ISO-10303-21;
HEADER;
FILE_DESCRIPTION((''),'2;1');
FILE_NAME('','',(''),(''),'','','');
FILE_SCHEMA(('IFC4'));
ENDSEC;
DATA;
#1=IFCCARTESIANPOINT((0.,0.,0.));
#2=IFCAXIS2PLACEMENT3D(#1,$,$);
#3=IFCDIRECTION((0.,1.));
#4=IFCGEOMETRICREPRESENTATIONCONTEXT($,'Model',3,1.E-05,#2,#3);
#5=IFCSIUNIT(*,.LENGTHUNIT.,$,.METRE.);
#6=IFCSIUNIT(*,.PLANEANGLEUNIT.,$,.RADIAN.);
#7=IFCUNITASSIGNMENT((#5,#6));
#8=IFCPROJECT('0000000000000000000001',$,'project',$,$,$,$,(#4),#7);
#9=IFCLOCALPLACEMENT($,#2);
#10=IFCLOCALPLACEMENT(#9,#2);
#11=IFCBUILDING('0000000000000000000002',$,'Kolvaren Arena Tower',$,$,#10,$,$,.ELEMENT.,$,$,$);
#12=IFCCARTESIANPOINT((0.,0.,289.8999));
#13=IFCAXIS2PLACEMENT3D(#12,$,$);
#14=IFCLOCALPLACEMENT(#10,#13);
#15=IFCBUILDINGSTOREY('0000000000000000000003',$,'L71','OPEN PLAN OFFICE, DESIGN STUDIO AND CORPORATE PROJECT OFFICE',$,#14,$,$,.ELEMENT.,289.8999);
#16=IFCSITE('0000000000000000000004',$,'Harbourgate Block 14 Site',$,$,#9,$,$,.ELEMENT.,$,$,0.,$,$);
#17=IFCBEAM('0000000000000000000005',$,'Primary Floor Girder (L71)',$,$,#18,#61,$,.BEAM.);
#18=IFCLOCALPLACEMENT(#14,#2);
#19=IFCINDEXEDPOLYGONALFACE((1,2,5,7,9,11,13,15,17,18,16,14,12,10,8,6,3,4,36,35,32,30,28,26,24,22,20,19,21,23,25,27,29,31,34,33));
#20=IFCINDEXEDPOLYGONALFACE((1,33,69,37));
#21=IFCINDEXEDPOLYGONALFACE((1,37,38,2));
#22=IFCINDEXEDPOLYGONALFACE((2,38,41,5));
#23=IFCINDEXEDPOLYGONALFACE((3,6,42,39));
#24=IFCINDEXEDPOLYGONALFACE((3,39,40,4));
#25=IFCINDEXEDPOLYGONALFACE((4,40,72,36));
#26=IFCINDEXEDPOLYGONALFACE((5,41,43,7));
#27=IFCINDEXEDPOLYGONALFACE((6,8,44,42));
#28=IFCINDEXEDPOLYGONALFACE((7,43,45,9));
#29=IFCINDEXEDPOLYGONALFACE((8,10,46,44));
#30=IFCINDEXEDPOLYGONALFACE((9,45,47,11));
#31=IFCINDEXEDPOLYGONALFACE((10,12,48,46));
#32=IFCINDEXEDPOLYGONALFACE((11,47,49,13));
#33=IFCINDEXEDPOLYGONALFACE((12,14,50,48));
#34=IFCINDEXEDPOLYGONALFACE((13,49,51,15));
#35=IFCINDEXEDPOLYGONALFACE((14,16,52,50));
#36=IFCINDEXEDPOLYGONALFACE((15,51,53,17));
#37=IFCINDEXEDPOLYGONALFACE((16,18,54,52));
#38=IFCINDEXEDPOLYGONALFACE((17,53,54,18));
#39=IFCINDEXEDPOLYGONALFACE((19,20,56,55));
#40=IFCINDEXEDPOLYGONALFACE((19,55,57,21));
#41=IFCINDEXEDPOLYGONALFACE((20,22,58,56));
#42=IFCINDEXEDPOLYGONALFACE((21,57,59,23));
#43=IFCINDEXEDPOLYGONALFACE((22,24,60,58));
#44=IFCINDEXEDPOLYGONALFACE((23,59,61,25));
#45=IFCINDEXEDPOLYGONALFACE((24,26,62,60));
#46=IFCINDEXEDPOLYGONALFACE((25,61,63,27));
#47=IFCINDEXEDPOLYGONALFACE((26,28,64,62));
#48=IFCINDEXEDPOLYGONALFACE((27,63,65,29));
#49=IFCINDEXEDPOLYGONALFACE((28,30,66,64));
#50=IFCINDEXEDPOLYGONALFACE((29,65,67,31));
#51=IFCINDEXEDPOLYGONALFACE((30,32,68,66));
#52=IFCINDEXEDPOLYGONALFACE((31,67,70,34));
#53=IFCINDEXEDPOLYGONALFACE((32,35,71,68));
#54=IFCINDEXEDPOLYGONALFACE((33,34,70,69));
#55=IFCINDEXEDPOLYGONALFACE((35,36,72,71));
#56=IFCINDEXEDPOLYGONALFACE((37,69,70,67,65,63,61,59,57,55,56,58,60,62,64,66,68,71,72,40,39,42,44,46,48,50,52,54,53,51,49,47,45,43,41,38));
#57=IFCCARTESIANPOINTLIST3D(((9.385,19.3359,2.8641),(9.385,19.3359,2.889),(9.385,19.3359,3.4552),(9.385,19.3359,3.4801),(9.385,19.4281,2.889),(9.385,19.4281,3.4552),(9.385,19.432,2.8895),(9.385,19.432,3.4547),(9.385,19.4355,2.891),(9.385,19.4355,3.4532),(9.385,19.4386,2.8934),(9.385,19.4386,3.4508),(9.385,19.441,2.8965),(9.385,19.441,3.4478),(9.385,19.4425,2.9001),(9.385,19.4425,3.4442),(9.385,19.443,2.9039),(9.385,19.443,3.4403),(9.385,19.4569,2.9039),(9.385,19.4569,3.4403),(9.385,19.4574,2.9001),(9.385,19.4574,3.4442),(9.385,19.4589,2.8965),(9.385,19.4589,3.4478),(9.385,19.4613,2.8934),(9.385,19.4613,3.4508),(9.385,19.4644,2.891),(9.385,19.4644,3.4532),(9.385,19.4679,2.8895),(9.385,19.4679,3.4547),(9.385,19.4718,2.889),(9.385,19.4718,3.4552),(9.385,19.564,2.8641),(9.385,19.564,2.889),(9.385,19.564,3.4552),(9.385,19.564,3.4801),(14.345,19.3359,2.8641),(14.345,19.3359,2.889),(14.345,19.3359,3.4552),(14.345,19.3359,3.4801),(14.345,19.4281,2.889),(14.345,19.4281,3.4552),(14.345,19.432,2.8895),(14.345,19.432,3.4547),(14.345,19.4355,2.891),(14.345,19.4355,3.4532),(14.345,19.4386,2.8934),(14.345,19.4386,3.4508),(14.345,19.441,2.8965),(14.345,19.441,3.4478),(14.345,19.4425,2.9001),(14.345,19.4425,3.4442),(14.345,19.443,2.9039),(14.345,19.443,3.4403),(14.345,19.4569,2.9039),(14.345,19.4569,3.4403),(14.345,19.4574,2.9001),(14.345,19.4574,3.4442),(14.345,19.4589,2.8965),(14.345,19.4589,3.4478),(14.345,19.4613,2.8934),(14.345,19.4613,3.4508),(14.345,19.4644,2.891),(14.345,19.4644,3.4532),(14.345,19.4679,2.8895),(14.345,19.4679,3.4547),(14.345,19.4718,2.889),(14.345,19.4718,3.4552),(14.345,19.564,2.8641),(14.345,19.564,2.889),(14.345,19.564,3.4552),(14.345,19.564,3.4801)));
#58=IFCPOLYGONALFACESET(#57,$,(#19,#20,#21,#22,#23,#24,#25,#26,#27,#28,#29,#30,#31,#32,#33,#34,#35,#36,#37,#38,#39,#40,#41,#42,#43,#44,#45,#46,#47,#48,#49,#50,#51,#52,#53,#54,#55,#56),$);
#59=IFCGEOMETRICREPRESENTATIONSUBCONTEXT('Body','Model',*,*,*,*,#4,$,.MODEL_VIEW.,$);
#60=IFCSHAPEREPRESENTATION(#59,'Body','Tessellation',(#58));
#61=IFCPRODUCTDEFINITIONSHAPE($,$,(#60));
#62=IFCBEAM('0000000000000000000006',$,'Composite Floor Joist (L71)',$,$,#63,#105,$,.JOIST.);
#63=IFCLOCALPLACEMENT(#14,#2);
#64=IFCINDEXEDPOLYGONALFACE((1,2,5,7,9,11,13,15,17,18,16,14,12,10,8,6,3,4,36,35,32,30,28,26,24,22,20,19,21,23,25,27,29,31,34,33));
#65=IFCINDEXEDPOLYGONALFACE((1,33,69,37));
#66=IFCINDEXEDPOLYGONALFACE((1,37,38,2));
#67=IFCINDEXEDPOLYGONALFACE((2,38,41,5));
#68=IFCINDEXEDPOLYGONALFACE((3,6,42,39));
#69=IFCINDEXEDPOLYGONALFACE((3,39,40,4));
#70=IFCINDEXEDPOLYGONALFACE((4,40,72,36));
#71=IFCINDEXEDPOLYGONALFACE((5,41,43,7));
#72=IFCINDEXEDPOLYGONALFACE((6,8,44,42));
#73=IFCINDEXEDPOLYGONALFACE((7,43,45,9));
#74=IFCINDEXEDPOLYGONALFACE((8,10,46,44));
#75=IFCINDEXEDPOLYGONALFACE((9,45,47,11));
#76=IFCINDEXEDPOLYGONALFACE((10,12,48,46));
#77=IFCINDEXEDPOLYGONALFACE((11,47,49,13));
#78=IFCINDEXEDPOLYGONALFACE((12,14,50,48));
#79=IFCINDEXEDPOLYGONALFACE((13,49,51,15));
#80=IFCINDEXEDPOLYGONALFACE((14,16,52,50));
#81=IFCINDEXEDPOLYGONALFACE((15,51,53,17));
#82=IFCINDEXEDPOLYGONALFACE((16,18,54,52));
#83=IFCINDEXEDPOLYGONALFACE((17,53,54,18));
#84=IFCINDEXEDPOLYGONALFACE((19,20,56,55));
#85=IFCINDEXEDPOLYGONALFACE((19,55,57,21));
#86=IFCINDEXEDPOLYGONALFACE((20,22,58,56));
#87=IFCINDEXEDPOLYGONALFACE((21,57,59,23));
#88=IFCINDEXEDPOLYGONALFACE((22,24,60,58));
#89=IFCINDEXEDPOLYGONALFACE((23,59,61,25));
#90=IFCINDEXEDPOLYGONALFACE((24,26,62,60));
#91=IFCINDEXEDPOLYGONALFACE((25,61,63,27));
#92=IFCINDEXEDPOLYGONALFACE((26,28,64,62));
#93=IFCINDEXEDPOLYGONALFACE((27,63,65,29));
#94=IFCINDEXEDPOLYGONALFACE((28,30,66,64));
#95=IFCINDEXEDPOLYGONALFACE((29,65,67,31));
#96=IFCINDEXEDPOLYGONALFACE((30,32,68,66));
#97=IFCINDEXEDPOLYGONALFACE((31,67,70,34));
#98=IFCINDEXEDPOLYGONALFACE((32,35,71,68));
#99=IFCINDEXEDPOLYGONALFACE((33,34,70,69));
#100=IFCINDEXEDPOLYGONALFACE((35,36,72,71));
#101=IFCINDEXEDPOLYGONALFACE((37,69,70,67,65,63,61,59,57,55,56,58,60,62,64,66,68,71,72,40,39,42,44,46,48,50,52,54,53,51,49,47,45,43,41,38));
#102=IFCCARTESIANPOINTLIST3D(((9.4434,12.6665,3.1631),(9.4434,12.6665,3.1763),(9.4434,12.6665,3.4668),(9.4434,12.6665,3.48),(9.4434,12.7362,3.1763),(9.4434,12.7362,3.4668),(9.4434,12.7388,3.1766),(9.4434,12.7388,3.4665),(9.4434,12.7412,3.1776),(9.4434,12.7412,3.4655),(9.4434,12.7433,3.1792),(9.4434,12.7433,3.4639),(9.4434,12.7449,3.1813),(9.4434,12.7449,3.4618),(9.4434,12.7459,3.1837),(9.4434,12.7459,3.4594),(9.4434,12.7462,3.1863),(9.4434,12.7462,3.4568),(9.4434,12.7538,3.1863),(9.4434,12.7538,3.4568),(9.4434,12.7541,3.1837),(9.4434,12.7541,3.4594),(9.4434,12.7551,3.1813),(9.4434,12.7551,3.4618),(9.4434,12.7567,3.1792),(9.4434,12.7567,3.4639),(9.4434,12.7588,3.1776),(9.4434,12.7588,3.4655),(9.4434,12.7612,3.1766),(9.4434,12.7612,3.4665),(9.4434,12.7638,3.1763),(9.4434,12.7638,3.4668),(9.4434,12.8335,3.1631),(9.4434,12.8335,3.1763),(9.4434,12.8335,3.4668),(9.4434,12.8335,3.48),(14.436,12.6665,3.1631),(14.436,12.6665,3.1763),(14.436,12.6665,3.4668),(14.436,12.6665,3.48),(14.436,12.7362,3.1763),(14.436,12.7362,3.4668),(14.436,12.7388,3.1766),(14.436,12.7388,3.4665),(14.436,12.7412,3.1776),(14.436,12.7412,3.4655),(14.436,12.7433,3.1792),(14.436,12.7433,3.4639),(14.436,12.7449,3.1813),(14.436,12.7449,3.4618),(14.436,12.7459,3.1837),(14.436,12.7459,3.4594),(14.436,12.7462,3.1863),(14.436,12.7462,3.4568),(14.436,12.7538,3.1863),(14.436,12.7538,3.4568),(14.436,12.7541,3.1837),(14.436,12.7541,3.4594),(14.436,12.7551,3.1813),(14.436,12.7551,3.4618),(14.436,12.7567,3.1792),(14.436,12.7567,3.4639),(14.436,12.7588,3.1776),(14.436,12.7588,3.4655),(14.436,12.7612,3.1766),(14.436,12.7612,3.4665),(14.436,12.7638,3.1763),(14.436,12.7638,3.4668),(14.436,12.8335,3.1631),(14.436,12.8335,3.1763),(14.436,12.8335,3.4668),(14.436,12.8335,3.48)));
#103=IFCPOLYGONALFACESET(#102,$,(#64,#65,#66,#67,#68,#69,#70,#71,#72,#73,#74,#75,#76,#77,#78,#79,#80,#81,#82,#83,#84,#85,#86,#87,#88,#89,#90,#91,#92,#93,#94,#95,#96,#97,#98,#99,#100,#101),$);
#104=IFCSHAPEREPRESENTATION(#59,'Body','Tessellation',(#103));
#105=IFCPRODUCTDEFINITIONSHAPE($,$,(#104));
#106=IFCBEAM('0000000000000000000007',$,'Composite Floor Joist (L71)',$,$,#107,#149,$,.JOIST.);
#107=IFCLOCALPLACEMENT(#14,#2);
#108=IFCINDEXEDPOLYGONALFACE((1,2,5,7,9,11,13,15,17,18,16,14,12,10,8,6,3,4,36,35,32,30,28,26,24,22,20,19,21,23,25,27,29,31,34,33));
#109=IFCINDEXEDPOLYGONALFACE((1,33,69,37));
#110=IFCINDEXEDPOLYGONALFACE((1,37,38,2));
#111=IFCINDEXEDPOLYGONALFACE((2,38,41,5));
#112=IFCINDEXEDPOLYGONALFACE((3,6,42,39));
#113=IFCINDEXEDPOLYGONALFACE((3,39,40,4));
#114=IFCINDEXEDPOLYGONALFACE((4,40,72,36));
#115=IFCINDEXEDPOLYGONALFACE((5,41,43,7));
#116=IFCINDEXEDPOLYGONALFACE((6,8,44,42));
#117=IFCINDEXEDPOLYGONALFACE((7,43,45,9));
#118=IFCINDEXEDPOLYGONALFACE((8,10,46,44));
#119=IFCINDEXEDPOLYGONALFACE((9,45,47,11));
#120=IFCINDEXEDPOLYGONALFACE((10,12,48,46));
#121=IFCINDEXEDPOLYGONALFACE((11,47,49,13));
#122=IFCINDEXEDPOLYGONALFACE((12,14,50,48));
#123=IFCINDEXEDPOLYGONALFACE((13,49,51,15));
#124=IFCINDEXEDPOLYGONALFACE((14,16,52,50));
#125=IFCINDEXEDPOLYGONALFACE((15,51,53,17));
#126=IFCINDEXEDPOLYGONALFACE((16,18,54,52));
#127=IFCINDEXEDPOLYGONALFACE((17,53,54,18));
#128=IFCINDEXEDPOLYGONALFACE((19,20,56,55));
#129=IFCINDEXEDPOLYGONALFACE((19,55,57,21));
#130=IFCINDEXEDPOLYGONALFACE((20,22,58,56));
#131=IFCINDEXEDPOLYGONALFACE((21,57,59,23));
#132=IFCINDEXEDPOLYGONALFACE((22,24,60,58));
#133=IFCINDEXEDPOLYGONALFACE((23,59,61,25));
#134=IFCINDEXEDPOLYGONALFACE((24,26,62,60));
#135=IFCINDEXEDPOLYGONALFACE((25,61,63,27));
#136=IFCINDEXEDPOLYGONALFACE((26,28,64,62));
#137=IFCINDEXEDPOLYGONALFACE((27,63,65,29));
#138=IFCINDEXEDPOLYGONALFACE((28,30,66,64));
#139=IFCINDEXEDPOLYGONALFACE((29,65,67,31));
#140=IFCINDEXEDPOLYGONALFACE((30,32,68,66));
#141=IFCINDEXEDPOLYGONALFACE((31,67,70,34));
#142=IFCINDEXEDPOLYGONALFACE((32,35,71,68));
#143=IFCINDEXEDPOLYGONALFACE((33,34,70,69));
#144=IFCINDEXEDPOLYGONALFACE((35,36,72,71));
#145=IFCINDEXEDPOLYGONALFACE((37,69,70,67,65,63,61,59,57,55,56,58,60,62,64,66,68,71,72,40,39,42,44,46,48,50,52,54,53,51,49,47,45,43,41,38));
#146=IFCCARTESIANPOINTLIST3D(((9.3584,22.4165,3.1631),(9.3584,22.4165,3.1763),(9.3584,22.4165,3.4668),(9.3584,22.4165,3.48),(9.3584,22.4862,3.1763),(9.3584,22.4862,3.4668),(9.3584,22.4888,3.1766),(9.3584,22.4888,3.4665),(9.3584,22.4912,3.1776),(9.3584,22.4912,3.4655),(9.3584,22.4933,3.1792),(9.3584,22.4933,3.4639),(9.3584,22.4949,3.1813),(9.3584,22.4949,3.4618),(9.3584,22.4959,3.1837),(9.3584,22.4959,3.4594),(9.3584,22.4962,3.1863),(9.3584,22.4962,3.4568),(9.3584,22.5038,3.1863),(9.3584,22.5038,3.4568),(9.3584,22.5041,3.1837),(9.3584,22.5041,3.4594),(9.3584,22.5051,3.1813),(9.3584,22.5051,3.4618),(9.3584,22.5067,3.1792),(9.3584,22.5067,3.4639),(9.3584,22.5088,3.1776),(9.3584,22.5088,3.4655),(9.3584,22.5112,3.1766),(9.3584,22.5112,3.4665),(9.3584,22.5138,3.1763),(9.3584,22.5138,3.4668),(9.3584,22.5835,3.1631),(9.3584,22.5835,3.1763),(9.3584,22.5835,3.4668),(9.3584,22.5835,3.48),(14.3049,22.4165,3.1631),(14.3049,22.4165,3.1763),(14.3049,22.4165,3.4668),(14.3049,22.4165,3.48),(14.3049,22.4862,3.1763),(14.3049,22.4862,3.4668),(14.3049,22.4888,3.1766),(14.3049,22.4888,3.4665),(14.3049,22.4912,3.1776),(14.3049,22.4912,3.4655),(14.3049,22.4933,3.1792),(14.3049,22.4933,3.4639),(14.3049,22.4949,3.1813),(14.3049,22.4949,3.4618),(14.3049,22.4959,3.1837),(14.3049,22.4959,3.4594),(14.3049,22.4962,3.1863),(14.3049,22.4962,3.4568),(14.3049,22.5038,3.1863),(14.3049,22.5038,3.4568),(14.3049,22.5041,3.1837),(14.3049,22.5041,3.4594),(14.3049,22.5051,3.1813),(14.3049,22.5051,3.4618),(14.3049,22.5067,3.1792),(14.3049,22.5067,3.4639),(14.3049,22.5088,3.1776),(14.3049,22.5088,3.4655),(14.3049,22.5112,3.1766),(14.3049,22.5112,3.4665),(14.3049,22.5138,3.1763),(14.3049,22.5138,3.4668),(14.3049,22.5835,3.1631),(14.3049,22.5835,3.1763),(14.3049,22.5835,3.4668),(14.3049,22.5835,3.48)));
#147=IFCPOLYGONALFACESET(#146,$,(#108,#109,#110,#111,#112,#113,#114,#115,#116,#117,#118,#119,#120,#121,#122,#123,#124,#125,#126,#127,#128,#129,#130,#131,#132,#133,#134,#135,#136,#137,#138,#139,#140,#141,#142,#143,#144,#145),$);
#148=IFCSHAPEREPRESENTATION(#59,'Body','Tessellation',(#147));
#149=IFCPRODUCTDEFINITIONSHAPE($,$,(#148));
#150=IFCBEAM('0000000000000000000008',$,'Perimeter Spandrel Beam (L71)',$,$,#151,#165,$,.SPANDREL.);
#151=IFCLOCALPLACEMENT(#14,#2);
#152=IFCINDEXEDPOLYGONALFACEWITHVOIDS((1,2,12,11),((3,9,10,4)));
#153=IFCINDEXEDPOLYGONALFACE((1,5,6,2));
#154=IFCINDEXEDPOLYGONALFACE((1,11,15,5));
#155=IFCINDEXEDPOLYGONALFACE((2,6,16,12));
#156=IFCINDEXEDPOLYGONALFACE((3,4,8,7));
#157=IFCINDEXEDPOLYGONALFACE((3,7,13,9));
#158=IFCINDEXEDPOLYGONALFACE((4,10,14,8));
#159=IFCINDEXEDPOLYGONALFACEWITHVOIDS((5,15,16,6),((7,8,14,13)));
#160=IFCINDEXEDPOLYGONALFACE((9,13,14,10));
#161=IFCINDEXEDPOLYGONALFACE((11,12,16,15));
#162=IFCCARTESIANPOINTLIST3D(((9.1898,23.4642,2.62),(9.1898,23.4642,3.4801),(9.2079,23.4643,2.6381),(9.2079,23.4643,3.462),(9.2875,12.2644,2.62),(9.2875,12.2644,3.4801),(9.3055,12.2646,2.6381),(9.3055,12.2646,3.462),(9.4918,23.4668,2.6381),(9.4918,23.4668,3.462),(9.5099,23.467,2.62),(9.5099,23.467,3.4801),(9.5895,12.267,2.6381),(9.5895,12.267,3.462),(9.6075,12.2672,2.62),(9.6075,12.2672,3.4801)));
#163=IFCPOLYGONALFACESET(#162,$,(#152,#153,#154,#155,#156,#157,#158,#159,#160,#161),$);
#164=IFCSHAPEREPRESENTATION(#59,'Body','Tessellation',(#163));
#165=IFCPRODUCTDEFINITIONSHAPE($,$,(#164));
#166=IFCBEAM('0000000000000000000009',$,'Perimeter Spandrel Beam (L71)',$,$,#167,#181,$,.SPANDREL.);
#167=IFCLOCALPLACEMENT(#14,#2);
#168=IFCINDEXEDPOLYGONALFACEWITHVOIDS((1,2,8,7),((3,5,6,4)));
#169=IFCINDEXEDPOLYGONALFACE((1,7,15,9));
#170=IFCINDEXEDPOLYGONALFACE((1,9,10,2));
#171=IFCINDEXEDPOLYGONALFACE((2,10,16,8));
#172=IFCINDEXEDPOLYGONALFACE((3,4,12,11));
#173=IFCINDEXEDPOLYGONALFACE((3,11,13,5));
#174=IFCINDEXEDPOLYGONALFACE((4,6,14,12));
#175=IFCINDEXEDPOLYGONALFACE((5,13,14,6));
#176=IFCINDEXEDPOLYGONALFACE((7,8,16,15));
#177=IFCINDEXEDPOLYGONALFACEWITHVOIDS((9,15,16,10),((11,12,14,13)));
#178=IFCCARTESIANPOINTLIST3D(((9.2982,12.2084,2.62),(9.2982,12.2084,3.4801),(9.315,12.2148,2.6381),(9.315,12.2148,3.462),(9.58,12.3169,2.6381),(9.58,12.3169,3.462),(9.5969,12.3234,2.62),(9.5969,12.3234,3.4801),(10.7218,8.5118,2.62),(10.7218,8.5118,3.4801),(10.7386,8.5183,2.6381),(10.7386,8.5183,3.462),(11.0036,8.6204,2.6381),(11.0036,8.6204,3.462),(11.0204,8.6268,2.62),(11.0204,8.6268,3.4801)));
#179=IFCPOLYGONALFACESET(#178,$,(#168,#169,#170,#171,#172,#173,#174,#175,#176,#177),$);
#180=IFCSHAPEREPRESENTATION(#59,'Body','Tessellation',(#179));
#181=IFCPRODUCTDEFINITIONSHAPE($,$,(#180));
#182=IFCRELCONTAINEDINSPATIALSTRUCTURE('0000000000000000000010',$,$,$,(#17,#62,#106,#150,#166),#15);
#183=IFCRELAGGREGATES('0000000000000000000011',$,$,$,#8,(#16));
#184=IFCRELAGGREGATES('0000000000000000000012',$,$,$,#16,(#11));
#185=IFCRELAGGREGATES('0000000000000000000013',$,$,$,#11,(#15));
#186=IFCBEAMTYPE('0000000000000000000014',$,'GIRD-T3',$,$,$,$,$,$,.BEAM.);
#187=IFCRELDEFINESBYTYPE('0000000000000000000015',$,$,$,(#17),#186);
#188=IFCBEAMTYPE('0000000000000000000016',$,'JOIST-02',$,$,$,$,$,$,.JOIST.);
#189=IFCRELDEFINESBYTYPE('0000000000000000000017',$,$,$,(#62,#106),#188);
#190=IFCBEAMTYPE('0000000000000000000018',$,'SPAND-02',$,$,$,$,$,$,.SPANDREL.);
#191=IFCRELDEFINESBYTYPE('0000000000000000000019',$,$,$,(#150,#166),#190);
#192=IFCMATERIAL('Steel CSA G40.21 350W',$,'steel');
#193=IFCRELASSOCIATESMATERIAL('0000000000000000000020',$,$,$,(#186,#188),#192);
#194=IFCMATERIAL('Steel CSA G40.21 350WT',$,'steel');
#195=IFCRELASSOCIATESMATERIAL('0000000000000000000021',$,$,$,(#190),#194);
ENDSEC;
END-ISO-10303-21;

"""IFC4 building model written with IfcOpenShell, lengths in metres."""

from ifc_helpers import new_model, si_unit, direction, frame, origin, origin_2d, place, context, subcontext, project, spatial, hollow_rectangle, i_section, extrude, material, material_profile, profile_set, type_object, element, save


model = new_model("IFC4")

# Units and contexts
model_context = context("Model", 3, precision=1e-05, world=origin(), true_north=direction((0.0, 1.0)))
body_context = subcontext(model_context, "Body", "Model", "MODEL_VIEW")
ifc_project = project(units=[si_unit("LENGTHUNIT", "METRE"), si_unit("PLANEANGLEUNIT", "RADIAN")], contexts=[model_context])

# Site, building, storey
site_placement = place(None, origin())
site = spatial("IfcSite", under=ifc_project, at=site_placement, Name="Harbourgate Block 14 Site", CompositionType="ELEMENT", RefElevation=0.0)
building_placement = place(site_placement, origin())
building = spatial("IfcBuilding", under=site, at=building_placement, Name="Kolvaren Arena Tower", CompositionType="ELEMENT")
storey_placement = place(building_placement, frame((0.0, 0.0, 289.8999)))
storey = spatial("IfcBuildingStorey", under=building, at=storey_placement, Name="L71", Description="OPEN PLAN OFFICE, DESIGN STUDIO AND CORPORATE PROJECT OFFICE", CompositionType="ELEMENT", Elevation=289.8999)

# Beams
ifc_material_1 = material(Name="Steel CSA G40.21 350W", Category="steel")
ifc_material_profile_1 = material_profile(ifc_material_1, i_section(OverallWidth=0.228, OverallDepth=0.616, WebThickness=0.0139, FlangeThickness=0.0249, FilletRadius=0.0149, at=origin_2d()), Name="W610x174")
ifc_profile_set_1 = profile_set([ifc_material_profile_1], Name="Steel CSA G40.21 350W")
beam_type_1 = type_object("IfcBeamType", Name="GIRD-T3", PredefinedType="BEAM", material=ifc_profile_set_1)
beam_1_placement = place(storey_placement, frame((9.385, 19.45, 3.1721), z_axis=(1.0, 0.0, 0.0), x_axis=(0.0, 1.0, 0.0)))
element("IfcBeam", 1, at=beam_1_placement, inside=storey, type_object=beam_type_1, Name="Primary Floor Girder (L71)", PredefinedType="BEAM", context=body_context, shape_type="SweptSolid", body=[
    extrude(i_section(OverallWidth=0.228, OverallDepth=0.616, WebThickness=0.0139, FlangeThickness=0.0249, FilletRadius=0.0149, at=origin_2d()), origin(), (0.0, 0.0, 1.0), 4.96),
])
ifc_material_profile_2 = material_profile(ifc_material_1, i_section(OverallWidth=0.167, OverallDepth=0.3169, WebThickness=0.0076, FlangeThickness=0.0132, FilletRadius=0.01, at=origin_2d()), Name="W310x52")
ifc_profile_set_2 = profile_set([ifc_material_profile_2], Name="Steel CSA G40.21 350W")
beam_type_2 = type_object("IfcBeamType", Name="JOIST-02", PredefinedType="JOIST", material=ifc_profile_set_2)
beam_2_placement = place(storey_placement, frame((9.4434, 12.75, 3.3215), z_axis=(1.0, 0.0, 0.0), x_axis=(0.0, 1.0, 0.0)))
element("IfcBeam", 2, at=beam_2_placement, inside=storey, type_object=beam_type_2, Name="Composite Floor Joist (L71)", PredefinedType="JOIST", context=body_context, shape_type="SweptSolid", body=[
    extrude(i_section(OverallWidth=0.167, OverallDepth=0.3169, WebThickness=0.0076, FlangeThickness=0.0132, FilletRadius=0.01, at=origin_2d()), origin(), (0.0, 0.0, 1.0), 4.9927),
])
beam_3_placement = place(storey_placement, frame((9.3584, 22.5, 3.3215), z_axis=(1.0, 0.0, 0.0), x_axis=(0.0, 1.0, 0.0)))
element("IfcBeam", 3, at=beam_3_placement, inside=storey, type_object=beam_type_2, Name="Composite Floor Joist (L71)", PredefinedType="JOIST", context=body_context, shape_type="SweptSolid", body=[
    extrude(i_section(OverallWidth=0.167, OverallDepth=0.3169, WebThickness=0.0076, FlangeThickness=0.0132, FilletRadius=0.01, at=origin_2d()), origin(), (0.0, 0.0, 1.0), 4.9465),
])
ifc_material_2 = material(Name="Steel CSA G40.21 350WT", Category="steel")
ifc_material_profile_3 = material_profile(ifc_material_2, hollow_rectangle(XDim=0.3201, YDim=0.8601, WallThickness=0.0181, at=origin_2d()), Name="HSS 860x320x18")
ifc_profile_set_3 = profile_set([ifc_material_profile_3], Name="Steel CSA G40.21 350WT")
beam_type_3 = type_object("IfcBeamType", Name="SPAND-02", PredefinedType="SPANDREL", material=ifc_profile_set_3)
beam_4_placement = place(storey_placement, frame((9.3499, 23.4656, 3.05), z_axis=(0.008719, -0.999962, 0.0), x_axis=(0.999962, 0.008719, 0.0)))
element("IfcBeam", 4, at=beam_4_placement, inside=storey, type_object=beam_type_3, Name="Perimeter Spandrel Beam (L71)", PredefinedType="SPANDREL", context=body_context, shape_type="SweptSolid", body=[
    extrude(hollow_rectangle(XDim=0.3201, YDim=0.8601, WallThickness=0.0181, at=origin_2d()), origin(), (0.0, 0.0, 1.0), 11.2002),
])
beam_5_placement = place(storey_placement, frame((9.4475, 12.2659, 3.05), z_axis=(0.359384, -0.93319, 0.0), x_axis=(0.93319, 0.359384, 0.0)))
element("IfcBeam", 5, at=beam_5_placement, inside=storey, type_object=beam_type_3, Name="Perimeter Spandrel Beam (L71)", PredefinedType="SPANDREL", context=body_context, shape_type="SweptSolid", body=[
    extrude(hollow_rectangle(XDim=0.3201, YDim=0.8601, WallThickness=0.0181, at=origin_2d()), origin(), (0.0, 0.0, 1.0), 3.9612),
])

save(model, "model.ifc")
